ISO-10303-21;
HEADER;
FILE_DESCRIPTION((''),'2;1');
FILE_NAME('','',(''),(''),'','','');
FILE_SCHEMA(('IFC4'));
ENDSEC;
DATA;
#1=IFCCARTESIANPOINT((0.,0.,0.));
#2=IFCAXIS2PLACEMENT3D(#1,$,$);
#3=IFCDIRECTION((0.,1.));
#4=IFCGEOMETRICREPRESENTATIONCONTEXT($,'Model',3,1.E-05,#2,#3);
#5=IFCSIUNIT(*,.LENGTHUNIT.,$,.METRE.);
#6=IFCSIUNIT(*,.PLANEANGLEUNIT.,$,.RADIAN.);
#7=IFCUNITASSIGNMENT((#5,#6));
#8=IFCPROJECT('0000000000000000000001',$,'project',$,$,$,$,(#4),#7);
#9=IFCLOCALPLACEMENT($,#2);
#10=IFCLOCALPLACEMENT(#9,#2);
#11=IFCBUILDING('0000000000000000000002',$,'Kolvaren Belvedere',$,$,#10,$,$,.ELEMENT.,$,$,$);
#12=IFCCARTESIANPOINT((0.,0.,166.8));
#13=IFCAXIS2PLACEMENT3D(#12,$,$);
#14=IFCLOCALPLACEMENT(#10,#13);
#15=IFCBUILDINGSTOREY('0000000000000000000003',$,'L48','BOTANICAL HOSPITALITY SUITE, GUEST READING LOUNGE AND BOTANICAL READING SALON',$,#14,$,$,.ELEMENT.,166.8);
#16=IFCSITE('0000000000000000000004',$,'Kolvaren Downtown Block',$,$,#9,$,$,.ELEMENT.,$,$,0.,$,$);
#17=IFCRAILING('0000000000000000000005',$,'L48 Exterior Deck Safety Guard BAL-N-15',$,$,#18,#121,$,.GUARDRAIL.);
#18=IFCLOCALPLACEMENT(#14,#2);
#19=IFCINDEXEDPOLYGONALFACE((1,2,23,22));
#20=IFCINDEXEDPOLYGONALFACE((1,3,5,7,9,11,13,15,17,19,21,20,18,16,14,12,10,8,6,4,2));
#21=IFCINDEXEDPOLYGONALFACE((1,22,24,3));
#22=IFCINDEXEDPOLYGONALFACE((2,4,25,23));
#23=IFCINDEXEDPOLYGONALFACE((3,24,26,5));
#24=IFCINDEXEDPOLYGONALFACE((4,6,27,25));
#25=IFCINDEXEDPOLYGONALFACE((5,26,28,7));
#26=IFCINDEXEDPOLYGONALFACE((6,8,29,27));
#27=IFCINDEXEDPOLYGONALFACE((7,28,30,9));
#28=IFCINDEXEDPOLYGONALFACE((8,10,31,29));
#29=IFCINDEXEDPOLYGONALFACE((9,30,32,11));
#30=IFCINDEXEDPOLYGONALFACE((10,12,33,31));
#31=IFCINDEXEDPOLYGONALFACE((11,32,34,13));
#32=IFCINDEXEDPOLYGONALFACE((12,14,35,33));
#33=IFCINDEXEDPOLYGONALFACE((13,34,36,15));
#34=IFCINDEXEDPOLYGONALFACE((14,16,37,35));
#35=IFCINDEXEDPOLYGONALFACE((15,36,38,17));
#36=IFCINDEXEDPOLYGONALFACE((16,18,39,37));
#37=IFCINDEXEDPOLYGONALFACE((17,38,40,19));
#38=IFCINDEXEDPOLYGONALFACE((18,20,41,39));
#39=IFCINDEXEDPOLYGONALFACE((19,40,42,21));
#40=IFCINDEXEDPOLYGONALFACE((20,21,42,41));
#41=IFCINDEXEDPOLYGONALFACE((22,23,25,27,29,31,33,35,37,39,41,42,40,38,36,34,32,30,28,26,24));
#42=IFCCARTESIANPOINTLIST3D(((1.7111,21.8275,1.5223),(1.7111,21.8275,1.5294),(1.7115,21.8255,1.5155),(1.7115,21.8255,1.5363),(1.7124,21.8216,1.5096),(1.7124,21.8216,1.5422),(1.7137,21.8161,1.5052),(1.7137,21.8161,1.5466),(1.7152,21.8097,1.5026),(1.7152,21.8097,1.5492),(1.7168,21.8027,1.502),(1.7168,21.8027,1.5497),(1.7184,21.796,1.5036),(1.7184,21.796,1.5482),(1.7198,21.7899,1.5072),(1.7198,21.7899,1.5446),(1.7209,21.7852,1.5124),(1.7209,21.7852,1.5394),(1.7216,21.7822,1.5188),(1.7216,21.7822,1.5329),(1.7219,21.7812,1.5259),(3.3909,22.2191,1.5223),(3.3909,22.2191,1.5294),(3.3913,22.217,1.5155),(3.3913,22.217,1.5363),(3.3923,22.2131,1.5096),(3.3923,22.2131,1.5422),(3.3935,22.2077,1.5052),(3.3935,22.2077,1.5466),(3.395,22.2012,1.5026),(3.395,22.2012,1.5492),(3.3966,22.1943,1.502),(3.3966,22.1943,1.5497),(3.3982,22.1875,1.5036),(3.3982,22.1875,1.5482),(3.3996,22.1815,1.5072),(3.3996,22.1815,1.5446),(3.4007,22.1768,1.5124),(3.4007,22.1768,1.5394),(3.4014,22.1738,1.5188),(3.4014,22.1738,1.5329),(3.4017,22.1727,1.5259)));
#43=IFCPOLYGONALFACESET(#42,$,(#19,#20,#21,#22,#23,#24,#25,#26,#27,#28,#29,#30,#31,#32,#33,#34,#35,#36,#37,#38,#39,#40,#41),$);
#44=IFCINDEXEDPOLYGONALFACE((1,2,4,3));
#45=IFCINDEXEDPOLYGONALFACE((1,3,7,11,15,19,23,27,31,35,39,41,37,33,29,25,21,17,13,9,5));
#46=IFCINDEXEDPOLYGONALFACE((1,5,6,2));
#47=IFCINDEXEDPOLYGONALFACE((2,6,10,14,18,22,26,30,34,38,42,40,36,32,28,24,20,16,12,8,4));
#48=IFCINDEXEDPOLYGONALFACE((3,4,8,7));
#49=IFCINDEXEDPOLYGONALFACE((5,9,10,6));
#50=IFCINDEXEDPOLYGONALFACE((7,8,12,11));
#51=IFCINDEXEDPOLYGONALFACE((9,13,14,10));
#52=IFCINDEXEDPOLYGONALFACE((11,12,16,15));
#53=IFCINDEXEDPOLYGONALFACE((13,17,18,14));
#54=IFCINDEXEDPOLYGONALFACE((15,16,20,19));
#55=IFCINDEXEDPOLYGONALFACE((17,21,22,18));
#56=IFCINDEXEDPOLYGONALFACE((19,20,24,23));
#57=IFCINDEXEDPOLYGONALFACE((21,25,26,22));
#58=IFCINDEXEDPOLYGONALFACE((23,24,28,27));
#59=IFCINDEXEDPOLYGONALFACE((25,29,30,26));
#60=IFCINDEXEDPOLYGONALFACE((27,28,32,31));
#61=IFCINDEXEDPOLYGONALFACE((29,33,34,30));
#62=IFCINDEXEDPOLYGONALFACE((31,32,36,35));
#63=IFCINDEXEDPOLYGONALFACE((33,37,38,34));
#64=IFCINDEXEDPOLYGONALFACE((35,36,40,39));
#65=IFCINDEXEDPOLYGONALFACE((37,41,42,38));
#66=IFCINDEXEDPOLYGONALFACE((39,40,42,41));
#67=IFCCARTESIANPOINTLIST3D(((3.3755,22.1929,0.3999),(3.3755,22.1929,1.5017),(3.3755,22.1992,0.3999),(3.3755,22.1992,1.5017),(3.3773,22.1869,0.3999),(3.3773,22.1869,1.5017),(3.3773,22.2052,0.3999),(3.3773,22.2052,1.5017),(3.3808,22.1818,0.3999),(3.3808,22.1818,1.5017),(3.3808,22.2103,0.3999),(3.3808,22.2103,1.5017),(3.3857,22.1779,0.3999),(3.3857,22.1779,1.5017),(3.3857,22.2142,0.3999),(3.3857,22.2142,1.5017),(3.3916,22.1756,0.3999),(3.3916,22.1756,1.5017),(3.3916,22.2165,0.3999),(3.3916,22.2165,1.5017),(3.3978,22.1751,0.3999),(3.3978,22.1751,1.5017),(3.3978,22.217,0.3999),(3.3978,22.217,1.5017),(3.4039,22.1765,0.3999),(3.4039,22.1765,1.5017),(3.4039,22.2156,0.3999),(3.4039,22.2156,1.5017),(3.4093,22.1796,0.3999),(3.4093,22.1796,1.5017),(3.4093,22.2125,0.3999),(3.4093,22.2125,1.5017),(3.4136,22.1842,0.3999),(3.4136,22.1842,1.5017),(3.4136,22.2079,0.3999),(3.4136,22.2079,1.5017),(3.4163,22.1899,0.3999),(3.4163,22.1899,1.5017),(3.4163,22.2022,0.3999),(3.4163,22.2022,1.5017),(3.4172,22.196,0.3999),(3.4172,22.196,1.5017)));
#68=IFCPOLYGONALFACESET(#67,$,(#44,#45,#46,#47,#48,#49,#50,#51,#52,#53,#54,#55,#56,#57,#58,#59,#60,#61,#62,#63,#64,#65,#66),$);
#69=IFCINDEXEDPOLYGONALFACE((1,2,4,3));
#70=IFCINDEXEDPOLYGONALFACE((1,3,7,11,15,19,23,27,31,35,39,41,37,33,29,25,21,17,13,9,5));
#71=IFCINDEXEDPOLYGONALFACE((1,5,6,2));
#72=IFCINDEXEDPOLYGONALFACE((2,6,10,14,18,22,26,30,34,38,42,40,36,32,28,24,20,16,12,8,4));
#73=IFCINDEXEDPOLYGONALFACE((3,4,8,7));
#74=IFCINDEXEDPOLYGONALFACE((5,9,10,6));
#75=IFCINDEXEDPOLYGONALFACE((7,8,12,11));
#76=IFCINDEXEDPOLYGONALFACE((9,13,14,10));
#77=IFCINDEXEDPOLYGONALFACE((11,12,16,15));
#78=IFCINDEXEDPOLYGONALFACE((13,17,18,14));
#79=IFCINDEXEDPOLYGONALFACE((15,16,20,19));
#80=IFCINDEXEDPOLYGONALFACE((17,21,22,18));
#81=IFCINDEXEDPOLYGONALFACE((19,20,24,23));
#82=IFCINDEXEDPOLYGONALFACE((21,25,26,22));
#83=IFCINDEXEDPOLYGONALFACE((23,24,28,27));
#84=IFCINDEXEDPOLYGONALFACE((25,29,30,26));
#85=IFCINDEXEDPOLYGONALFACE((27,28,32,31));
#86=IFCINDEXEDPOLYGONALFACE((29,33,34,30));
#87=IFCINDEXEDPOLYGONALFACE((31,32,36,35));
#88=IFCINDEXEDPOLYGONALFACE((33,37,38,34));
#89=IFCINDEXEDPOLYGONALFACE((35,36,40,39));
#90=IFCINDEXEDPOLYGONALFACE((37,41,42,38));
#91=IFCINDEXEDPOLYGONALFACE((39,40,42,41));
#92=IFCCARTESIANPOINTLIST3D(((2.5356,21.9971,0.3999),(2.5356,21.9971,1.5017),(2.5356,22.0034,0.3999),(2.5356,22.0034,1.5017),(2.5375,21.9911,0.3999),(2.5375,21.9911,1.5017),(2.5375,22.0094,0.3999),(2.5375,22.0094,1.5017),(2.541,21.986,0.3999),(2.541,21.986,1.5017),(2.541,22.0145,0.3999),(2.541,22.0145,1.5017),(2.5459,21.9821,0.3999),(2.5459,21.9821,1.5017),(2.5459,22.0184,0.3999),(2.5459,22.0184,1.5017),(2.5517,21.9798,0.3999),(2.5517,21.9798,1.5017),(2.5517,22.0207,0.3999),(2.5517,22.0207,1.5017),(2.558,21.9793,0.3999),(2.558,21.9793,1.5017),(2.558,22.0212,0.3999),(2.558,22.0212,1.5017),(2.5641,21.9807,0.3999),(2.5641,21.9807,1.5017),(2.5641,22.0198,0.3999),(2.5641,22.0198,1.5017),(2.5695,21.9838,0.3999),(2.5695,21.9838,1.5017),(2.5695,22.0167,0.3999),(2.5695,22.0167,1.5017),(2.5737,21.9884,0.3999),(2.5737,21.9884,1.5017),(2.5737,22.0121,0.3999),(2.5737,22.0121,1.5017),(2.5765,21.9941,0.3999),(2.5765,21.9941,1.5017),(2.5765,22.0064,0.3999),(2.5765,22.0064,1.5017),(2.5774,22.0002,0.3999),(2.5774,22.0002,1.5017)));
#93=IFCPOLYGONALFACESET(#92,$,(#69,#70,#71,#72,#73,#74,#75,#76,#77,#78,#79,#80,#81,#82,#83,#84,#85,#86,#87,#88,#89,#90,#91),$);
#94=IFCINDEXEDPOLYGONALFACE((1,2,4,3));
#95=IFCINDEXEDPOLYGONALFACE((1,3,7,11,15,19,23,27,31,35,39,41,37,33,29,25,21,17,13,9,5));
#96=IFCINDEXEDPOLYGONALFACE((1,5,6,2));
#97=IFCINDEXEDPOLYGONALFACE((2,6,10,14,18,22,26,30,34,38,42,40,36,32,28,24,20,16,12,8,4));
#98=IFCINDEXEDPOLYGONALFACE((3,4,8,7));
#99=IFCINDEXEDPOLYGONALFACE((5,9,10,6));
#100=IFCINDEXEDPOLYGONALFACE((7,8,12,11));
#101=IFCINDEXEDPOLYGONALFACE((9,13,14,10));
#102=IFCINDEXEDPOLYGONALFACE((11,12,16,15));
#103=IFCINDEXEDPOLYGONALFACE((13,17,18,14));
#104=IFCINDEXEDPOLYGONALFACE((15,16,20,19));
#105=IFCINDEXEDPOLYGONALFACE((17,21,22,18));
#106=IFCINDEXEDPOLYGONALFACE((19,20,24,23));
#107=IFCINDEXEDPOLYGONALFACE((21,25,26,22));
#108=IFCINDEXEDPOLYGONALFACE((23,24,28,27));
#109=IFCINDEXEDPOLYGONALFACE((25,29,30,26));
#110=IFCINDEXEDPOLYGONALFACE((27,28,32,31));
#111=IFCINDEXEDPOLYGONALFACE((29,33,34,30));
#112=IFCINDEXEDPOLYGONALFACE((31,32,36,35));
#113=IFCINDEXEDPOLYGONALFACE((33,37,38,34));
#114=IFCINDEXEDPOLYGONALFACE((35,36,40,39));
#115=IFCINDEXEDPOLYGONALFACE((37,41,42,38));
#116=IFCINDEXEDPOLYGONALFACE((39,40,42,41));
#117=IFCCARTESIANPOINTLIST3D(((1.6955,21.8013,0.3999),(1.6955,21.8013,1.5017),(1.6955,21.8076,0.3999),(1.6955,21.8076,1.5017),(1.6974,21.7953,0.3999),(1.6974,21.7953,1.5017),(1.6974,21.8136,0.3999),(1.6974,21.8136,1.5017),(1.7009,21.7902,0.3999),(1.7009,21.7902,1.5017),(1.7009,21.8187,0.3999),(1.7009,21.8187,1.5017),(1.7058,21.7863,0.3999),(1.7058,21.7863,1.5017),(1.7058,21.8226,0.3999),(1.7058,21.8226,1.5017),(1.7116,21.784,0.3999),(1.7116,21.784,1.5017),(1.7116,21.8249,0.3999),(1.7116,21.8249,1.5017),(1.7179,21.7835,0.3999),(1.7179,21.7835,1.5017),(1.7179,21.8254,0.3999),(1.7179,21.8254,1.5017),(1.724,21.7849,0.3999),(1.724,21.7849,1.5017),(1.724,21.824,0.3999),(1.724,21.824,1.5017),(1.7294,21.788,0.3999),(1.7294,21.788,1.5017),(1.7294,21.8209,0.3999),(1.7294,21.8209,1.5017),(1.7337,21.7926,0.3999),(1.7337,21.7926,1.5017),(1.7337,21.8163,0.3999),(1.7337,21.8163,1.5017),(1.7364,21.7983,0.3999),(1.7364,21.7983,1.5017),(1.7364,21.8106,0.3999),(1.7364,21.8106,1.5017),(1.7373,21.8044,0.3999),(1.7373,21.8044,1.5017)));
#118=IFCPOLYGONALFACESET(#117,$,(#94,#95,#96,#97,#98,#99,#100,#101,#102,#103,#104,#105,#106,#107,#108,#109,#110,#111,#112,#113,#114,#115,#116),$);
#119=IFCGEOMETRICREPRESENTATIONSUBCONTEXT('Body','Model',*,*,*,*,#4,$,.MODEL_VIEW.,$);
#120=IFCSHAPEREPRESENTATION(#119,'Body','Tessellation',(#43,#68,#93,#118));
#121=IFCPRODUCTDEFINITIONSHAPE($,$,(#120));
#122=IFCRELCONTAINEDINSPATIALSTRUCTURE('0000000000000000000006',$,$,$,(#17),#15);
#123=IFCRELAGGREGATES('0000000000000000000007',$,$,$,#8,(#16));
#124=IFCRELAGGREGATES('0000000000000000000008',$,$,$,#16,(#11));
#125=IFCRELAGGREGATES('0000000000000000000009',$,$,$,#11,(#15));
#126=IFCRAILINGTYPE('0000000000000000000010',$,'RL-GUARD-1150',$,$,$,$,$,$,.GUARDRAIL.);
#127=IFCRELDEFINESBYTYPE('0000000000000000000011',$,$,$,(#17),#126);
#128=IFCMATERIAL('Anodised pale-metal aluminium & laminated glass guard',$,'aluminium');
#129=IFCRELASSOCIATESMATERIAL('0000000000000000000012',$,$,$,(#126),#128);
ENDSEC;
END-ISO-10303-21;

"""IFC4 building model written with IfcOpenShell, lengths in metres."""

from ifc_helpers import new_model, si_unit, direction, frame, origin, origin_2d, place, context, subcontext, project, spatial, circle, extrude, material, type_object, element, save


model = new_model("IFC4")

# Units and contexts
model_context = context("Model", 3, precision=1e-05, world=origin(), true_north=direction((0.0, 1.0)))
body_context = subcontext(model_context, "Body", "Model", "MODEL_VIEW")
ifc_project = project(units=[si_unit("LENGTHUNIT", "METRE"), si_unit("PLANEANGLEUNIT", "RADIAN")], contexts=[model_context])

# Site, building, storey
site_placement = place(None, origin())
site = spatial("IfcSite", under=ifc_project, at=site_placement, Name="Kolvaren Downtown Block", CompositionType="ELEMENT", RefElevation=0.0)
building_placement = place(site_placement, origin())
building = spatial("IfcBuilding", under=site, at=building_placement, Name="Kolvaren Belvedere", CompositionType="ELEMENT")
storey_placement = place(building_placement, frame((0.0, 0.0, 166.8)))
storey = spatial("IfcBuildingStorey", under=building, at=storey_placement, Name="L48", Description="BOTANICAL HOSPITALITY SUITE, GUEST READING LOUNGE AND BOTANICAL READING SALON", CompositionType="ELEMENT", Elevation=166.8)

# Railing
ifc_material_1 = material(Name="Anodised pale-metal aluminium & laminated glass guard", Category="aluminium")
railing_type = type_object("IfcRailingType", Name="RL-GUARD-1150", PredefinedType="GUARDRAIL", material=ifc_material_1)
railing_1_placement = place(storey_placement, frame((3.3962, 22.196, 0.3999)))
element("IfcRailing", 1, at=railing_1_placement, inside=storey, type_object=railing_type, Name="L48 Exterior Deck Safety Guard BAL-N-15", PredefinedType="GUARDRAIL", context=body_context, shape_type="SweptSolid", body=[
    extrude(circle(Radius=0.0239, at=origin_2d()), frame((0.0, 0.0, 1.126), z_axis=(-0.97389, -0.227019, 0.0), x_axis=(0.227019, -0.97389, 0.0)), (0.0, 0.0, 1.0), 1.7249),
    extrude(circle(Radius=0.021, at=origin_2d()), origin(), (0.0, 0.0, 1.0), 1.1018),
    extrude(circle(Radius=0.021, at=origin_2d()), frame((-0.8398, -0.1958, 0.0)), (0.0, 0.0, 1.0), 1.1018),
    extrude(circle(Radius=0.021, at=origin_2d()), frame((-1.6799, -0.3916, 0.0)), (0.0, 0.0, 1.0), 1.1018),
])

save(model, "model.ifc")
